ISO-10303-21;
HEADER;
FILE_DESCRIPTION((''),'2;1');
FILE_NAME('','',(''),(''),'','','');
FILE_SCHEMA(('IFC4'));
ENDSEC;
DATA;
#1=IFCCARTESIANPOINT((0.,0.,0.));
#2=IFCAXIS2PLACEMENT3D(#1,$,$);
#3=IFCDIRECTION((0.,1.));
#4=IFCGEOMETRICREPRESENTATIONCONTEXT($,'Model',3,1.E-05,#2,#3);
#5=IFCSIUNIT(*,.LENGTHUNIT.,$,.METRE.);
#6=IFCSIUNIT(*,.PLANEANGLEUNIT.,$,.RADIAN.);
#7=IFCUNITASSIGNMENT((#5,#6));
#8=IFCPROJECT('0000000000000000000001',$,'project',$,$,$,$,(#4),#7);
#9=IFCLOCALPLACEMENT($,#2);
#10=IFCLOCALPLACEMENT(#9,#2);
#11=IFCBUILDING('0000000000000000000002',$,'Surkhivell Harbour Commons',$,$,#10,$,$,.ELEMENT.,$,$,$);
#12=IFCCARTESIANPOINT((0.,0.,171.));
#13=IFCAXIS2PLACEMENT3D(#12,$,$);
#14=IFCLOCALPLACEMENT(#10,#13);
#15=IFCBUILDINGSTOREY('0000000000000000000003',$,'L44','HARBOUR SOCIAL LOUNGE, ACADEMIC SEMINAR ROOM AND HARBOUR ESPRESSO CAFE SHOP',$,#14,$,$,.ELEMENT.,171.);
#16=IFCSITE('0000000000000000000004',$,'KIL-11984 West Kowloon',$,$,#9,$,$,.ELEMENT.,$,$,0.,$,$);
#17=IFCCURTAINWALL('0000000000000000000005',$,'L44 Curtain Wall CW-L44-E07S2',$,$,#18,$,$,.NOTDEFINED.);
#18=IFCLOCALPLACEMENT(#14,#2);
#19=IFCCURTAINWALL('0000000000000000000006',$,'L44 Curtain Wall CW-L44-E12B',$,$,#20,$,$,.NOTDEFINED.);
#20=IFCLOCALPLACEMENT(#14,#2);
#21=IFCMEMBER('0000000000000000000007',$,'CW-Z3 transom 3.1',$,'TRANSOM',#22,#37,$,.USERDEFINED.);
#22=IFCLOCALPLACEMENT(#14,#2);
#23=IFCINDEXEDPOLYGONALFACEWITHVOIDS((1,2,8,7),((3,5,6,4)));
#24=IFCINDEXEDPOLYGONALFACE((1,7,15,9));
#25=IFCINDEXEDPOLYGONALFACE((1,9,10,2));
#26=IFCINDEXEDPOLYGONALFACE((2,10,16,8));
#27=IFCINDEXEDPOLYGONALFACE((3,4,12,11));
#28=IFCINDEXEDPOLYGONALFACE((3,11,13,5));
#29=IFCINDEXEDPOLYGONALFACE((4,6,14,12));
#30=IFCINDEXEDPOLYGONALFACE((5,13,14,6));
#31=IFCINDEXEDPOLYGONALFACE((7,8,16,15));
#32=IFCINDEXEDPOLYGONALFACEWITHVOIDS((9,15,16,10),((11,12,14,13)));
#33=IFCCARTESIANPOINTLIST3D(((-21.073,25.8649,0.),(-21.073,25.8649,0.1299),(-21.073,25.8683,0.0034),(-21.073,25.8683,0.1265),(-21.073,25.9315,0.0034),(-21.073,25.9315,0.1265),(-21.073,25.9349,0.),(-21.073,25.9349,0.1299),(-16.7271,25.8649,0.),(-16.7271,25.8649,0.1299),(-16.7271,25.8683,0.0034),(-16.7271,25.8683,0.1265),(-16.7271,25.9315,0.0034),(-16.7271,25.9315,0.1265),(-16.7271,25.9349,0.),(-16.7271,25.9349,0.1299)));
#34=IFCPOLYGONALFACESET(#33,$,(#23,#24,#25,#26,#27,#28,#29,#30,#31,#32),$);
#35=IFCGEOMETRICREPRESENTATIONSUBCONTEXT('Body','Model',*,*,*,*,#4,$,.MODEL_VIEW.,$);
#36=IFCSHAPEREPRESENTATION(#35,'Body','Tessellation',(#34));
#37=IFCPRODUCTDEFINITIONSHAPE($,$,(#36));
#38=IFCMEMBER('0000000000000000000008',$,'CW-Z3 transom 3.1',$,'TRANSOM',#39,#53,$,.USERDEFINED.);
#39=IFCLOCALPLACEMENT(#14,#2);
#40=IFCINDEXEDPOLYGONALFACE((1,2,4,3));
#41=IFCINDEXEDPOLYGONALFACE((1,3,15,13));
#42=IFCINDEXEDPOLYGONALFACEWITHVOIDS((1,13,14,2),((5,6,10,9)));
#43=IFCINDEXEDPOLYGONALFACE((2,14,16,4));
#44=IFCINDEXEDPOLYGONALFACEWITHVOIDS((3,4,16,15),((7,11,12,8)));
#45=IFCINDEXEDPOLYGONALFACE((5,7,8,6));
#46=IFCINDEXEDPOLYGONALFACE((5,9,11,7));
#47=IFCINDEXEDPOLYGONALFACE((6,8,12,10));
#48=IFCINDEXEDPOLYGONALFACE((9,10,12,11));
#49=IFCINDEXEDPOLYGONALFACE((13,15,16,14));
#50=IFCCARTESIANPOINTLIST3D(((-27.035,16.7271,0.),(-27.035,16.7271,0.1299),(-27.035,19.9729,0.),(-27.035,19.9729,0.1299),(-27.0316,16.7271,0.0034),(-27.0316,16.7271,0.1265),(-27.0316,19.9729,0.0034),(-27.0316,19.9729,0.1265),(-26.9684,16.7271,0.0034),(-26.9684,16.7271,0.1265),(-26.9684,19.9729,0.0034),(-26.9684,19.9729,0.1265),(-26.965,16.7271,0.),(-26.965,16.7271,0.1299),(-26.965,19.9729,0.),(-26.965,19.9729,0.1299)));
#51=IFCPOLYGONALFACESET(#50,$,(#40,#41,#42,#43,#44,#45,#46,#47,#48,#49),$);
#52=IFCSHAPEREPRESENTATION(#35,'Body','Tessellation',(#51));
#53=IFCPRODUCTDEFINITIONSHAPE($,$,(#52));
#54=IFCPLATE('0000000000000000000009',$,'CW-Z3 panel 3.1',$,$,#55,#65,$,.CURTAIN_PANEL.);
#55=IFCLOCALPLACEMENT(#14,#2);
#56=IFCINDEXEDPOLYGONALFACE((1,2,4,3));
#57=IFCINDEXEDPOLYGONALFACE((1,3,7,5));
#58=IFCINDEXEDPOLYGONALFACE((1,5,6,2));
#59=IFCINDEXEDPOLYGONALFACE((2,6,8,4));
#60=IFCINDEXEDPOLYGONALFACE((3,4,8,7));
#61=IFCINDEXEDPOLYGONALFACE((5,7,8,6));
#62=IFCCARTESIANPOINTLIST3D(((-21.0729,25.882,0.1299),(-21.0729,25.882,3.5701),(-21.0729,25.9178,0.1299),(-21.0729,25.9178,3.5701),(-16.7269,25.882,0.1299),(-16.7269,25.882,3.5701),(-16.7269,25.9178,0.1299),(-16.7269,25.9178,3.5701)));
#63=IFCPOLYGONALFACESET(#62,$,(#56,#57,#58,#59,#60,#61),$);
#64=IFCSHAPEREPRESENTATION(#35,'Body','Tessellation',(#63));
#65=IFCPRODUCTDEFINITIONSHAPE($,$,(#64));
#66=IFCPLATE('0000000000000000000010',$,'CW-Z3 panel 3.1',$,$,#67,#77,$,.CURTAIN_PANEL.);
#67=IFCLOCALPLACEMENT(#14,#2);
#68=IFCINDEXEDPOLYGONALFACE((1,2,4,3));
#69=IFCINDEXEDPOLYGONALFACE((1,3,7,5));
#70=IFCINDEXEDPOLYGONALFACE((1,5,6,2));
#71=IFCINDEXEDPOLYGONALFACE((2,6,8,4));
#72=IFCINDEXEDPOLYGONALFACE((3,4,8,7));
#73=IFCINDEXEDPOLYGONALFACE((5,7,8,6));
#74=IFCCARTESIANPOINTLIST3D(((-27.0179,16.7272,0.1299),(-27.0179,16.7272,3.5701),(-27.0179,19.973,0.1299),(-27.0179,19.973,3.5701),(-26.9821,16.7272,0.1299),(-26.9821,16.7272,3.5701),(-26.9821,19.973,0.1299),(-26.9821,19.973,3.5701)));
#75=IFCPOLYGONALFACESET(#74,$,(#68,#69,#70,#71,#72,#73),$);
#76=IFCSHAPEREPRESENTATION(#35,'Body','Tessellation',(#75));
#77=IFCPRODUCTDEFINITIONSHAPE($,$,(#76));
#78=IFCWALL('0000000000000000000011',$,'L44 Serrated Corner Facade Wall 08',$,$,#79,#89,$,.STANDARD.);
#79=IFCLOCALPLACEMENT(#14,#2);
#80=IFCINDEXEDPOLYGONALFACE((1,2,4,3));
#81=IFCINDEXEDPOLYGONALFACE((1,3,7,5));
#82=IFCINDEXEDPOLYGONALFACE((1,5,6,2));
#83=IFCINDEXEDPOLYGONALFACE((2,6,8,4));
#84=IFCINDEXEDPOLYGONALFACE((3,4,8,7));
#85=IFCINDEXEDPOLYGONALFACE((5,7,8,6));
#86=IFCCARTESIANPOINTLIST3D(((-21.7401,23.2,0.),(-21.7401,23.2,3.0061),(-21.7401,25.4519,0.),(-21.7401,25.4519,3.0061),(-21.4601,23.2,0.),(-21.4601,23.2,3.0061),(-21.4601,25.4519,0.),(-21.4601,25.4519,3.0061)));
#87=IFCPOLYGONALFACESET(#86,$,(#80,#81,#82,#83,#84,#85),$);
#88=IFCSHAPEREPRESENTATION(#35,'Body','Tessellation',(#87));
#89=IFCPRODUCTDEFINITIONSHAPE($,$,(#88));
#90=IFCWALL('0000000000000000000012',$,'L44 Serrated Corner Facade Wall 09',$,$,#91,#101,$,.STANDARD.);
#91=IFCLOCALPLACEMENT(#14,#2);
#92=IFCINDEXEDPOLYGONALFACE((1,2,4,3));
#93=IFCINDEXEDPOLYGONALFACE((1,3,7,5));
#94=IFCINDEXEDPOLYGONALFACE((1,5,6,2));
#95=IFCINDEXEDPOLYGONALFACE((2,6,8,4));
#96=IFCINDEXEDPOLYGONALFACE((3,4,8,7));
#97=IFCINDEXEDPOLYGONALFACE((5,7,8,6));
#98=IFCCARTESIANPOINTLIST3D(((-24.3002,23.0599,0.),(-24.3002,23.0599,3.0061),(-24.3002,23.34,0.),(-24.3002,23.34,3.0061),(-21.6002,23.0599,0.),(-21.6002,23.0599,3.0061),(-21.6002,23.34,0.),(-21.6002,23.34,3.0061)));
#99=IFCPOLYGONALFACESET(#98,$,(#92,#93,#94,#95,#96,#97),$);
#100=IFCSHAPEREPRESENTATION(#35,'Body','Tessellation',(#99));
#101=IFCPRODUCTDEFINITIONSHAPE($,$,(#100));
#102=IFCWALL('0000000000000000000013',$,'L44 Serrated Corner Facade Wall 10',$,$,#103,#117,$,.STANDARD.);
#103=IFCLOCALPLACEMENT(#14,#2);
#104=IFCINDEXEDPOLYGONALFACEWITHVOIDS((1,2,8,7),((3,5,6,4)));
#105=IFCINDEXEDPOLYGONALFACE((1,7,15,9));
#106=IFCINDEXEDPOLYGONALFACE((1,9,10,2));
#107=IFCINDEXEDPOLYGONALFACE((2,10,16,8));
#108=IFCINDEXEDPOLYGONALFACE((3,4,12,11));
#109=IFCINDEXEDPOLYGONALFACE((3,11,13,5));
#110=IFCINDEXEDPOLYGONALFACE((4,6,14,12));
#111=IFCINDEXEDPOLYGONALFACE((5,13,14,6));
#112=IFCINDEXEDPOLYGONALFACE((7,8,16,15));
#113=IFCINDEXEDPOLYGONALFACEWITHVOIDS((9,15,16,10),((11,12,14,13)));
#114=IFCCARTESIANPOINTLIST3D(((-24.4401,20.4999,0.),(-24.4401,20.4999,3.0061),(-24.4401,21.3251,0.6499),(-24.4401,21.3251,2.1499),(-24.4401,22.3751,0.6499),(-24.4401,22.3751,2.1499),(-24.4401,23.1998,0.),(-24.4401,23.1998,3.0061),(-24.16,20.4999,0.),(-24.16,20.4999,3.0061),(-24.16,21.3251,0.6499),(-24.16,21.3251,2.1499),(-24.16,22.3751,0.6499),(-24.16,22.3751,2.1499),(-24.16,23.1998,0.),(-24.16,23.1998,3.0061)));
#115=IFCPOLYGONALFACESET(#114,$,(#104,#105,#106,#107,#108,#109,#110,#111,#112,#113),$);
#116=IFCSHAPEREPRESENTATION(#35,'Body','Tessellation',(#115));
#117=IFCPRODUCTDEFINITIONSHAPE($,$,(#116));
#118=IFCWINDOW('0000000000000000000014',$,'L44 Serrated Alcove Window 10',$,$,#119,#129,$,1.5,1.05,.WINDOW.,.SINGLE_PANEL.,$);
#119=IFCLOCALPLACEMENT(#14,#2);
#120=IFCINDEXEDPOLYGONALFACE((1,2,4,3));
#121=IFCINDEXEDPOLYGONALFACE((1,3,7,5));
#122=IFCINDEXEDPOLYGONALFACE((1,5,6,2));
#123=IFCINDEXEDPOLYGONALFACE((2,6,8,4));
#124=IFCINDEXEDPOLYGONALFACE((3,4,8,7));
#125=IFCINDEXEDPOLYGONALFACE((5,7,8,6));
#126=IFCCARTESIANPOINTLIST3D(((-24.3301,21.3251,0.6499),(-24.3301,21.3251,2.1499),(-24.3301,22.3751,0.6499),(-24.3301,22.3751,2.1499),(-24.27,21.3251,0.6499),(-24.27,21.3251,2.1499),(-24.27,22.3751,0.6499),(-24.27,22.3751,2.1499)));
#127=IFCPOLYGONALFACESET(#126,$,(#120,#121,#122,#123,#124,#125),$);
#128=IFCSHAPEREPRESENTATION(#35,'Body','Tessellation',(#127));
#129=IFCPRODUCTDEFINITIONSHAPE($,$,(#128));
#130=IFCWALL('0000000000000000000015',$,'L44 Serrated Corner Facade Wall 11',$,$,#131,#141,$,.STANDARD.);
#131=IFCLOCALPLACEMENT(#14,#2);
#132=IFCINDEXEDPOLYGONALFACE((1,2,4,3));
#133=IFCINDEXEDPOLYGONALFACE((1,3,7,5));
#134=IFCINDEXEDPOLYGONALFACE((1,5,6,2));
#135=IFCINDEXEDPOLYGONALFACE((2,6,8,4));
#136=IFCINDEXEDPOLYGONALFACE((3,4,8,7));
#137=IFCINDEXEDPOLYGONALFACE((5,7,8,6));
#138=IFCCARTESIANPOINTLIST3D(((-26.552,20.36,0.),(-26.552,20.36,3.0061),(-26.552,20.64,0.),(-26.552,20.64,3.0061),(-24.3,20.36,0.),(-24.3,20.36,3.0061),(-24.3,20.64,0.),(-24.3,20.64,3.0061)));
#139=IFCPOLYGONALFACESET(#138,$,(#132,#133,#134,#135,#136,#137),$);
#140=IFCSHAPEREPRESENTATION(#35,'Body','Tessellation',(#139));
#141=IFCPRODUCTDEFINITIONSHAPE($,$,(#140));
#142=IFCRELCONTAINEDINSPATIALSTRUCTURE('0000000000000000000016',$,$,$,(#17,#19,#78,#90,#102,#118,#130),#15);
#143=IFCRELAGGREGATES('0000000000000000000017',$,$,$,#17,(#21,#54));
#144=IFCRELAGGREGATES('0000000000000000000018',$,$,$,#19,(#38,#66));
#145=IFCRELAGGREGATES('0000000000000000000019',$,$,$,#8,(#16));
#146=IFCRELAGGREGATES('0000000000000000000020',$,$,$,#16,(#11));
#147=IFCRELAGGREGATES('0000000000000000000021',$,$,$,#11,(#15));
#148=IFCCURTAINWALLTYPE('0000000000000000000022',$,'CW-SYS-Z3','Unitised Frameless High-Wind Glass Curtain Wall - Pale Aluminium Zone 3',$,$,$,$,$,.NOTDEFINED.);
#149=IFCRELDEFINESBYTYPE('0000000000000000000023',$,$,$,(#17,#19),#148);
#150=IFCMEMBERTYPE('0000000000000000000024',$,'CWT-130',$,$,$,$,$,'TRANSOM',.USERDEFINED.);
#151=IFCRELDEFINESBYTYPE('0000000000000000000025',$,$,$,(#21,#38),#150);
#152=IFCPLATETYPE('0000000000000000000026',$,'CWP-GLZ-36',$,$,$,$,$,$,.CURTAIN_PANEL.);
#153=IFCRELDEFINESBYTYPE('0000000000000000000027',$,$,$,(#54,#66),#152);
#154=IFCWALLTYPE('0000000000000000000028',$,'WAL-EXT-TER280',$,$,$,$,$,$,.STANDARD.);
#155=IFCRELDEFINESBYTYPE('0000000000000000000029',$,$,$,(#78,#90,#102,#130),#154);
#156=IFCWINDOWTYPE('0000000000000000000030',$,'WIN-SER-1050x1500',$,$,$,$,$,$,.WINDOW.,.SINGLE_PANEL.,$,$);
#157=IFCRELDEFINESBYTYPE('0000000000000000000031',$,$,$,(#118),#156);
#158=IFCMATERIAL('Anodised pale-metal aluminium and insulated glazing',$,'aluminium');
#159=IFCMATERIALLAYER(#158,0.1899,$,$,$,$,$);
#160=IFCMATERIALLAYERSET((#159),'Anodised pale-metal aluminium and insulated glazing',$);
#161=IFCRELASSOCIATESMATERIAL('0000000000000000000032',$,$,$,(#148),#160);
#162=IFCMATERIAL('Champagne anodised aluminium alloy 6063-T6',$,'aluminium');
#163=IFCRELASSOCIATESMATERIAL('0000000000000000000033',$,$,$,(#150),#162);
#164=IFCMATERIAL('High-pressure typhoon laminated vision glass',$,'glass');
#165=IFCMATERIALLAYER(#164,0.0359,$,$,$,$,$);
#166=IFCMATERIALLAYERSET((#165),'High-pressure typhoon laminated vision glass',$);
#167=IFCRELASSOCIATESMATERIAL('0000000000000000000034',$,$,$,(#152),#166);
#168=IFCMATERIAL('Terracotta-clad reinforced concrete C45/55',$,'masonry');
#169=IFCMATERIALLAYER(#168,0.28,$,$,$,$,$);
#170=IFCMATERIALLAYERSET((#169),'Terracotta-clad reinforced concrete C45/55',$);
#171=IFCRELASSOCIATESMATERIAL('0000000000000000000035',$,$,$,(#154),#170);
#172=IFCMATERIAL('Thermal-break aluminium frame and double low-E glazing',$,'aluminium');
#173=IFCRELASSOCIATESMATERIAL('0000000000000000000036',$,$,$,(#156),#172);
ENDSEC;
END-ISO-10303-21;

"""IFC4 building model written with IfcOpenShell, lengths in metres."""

from ifc_helpers import new_model, si_unit, direction, frame, frame_2d, origin, origin_2d, place, context, subcontext, project, spatial, rectangle, hollow_rectangle, extrude, material, layer, layer_set, material_profile, profile_set, type_object, element, fill, aggregate, save


model = new_model("IFC4")

# Units and contexts
model_context = context("Model", 3, precision=1e-05, world=origin(), true_north=direction((0.0, 1.0)))
body_context = subcontext(model_context, "Body", "Model", "MODEL_VIEW")
ifc_project = project(units=[si_unit("LENGTHUNIT", "METRE"), si_unit("PLANEANGLEUNIT", "RADIAN")], contexts=[model_context])

# Site, building, storey
site_placement = place(None, origin())
site = spatial("IfcSite", under=ifc_project, at=site_placement, Name="KIL-11984 West Kowloon", CompositionType="ELEMENT", RefElevation=0.0)
building_placement = place(site_placement, origin())
building = spatial("IfcBuilding", under=site, at=building_placement, Name="Surkhivell Harbour Commons", CompositionType="ELEMENT")
storey_placement = place(building_placement, frame((0.0, 0.0, 171.0)))
storey = spatial("IfcBuildingStorey", under=building, at=storey_placement, Name="L44", Description="HARBOUR SOCIAL LOUNGE, ACADEMIC SEMINAR ROOM AND HARBOUR ESPRESSO CAFE SHOP", CompositionType="ELEMENT", Elevation=171.0)

# Curtain wall
ifc_material_1 = material(Name="Anodised pale-metal aluminium and insulated glazing", Category="aluminium")
ifc_layer_1 = layer(ifc_material_1, 0.1899)
ifc_layer_set_1 = layer_set([ifc_layer_1], Name="Anodised pale-metal aluminium and insulated glazing")
curtain_wall_type = type_object("IfcCurtainWallType", Name="CW-SYS-Z3", Description="Unitised Frameless High-Wind Glass Curtain Wall - Pale Aluminium Zone 3", PredefinedType="NOTDEFINED", material=ifc_layer_set_1)
curtain_wall_1_placement = place(storey_placement, origin())
curtain_wall_1 = element("IfcCurtainWall", 1, at=curtain_wall_1_placement, inside=storey, type_object=curtain_wall_type, Name="L44 Curtain Wall CW-L44-E07S2", PredefinedType="NOTDEFINED")

# Curtain wall
curtain_wall_2_placement = place(storey_placement, origin())
curtain_wall_2 = element("IfcCurtainWall", 2, at=curtain_wall_2_placement, inside=storey, type_object=curtain_wall_type, Name="L44 Curtain Wall CW-L44-E12B", PredefinedType="NOTDEFINED")

# Members
ifc_material_2 = material(Name="Champagne anodised aluminium alloy 6063-T6", Category="aluminium")
ifc_material_profile_1 = material_profile(ifc_material_2, hollow_rectangle(XDim=0.0701, YDim=0.1299, WallThickness=0.0034, at=origin_2d()), Name="ALU-TRAN-70x130")
ifc_profile_set_1 = profile_set([ifc_material_profile_1], Name="Champagne anodised aluminium alloy 6063-T6")
member_type_1 = type_object("IfcMemberType", Name="CWT-130", ElementType="TRANSOM", PredefinedType="USERDEFINED", material=ifc_profile_set_1)
member_1_placement = place(storey_placement, frame((-16.7271, 25.8999, 0.0649), z_axis=(-1.0, 0.0, 0.0), x_axis=(0.0, -1.0, 0.0)))
member_1 = element("IfcMember", 3, at=member_1_placement, type_object=member_type_1, Name="CW-Z3 transom 3.1", ObjectType="TRANSOM", PredefinedType="USERDEFINED", context=body_context, shape_type="SweptSolid", body=[
    extrude(hollow_rectangle(XDim=0.0701, YDim=0.1299, WallThickness=0.0034, at=origin_2d()), origin(), (0.0, 0.0, 1.0), 4.3459),
])
member_2_placement = place(storey_placement, frame((-27.0, 16.7271, 0.0649), z_axis=(0.0, 1.0, 0.0), x_axis=(-1.0, 0.0, 0.0)))
member_2 = element("IfcMember", 4, at=member_2_placement, type_object=member_type_1, Name="CW-Z3 transom 3.1", ObjectType="TRANSOM", PredefinedType="USERDEFINED", context=body_context, shape_type="SweptSolid", body=[
    extrude(hollow_rectangle(XDim=0.0701, YDim=0.1299, WallThickness=0.0034, at=origin_2d()), origin(), (0.0, 0.0, 1.0), 3.2458),
])

# Plates
ifc_material_3 = material(Name="High-pressure typhoon laminated vision glass", Category="glass")
ifc_layer_2 = layer(ifc_material_3, 0.0359)
ifc_layer_set_2 = layer_set([ifc_layer_2], Name="High-pressure typhoon laminated vision glass")
plate_type = type_object("IfcPlateType", Name="CWP-GLZ-36", PredefinedType="CURTAIN_PANEL", material=ifc_layer_set_2)
plate_1_placement = place(storey_placement, frame((-16.7271, 25.8999, 0.1299), z_axis=(0.0, 0.0, 1.0), x_axis=(-1.0, 0.0, 0.0)))
plate_1 = element("IfcPlate", 5, at=plate_1_placement, type_object=plate_type, Name="CW-Z3 panel 3.1", PredefinedType="CURTAIN_PANEL", context=body_context, shape_type="SweptSolid", body=[
    extrude(rectangle(XDim=4.3459, YDim=0.0359, at=frame_2d((2.1729, 0.0))), origin(), (0.0, 0.0, 1.0), 3.4402),
])
aggregate(curtain_wall_1, [member_1, plate_1])
plate_2_placement = place(storey_placement, frame((-27.0, 16.7271, 0.1299), z_axis=(0.0, 0.0, 1.0), x_axis=(0.0, 1.0, 0.0)))
plate_2 = element("IfcPlate", 6, at=plate_2_placement, type_object=plate_type, Name="CW-Z3 panel 3.1", PredefinedType="CURTAIN_PANEL", context=body_context, shape_type="SweptSolid", body=[
    extrude(rectangle(XDim=3.2458, YDim=0.0359, at=frame_2d((1.623, 0.0))), origin(), (0.0, 0.0, 1.0), 3.4402),
])
aggregate(curtain_wall_2, [member_2, plate_2])

# Walls
ifc_material_4 = material(Name="Terracotta-clad reinforced concrete C45/55", Category="masonry")
ifc_layer_3 = layer(ifc_material_4, 0.28)
ifc_layer_set_3 = layer_set([ifc_layer_3], Name="Terracotta-clad reinforced concrete C45/55")
wall_type = type_object("IfcWallType", Name="WAL-EXT-TER280", PredefinedType="STANDARD", material=ifc_layer_set_3)
wall_1_placement = place(storey_placement, frame((-21.6001, 25.4519, 0.0), z_axis=(0.0, 0.0, 1.0), x_axis=(0.0, -1.0, 0.0)))
element("IfcWall", 7, at=wall_1_placement, inside=storey, type_object=wall_type, Name="L44 Serrated Corner Facade Wall 08", PredefinedType="STANDARD", context=body_context, shape_type="SweptSolid", body=[
    extrude(rectangle(XDim=2.252, YDim=0.28, at=frame_2d((1.126, 0.0))), origin(), (0.0, 0.0, 1.0), 3.0061),
])
wall_2_placement = place(storey_placement, frame((-21.6001, 23.2, 0.0), z_axis=(0.0, 0.0, 1.0), x_axis=(-1.0, 0.0, 0.0)))
element("IfcWall", 8, at=wall_2_placement, inside=storey, type_object=wall_type, Name="L44 Serrated Corner Facade Wall 09", PredefinedType="STANDARD", context=body_context, shape_type="SweptSolid", body=[
    extrude(rectangle(XDim=2.7, YDim=0.28, at=frame_2d((1.3501, 0.0))), origin(), (0.0, 0.0, 1.0), 3.0061),
])

# Wall, opening, window
wall_3_placement = place(storey_placement, frame((-24.3, 23.2, 0.0), z_axis=(0.0, 0.0, 1.0), x_axis=(0.0, -1.0, 0.0)))
wall_3 = element("IfcWall", 9, at=wall_3_placement, inside=storey, type_object=wall_type, Name="L44 Serrated Corner Facade Wall 10", PredefinedType="STANDARD", context=body_context, shape_type="SweptSolid", body=[
    extrude(rectangle(XDim=2.7, YDim=0.28, at=frame_2d((1.3501, 0.0))), origin(), (0.0, 0.0, 1.0), 3.0061),
])
opening_placement = place(wall_3_placement, frame((0.825, 0.0, 0.6499)))
opening = element("IfcOpeningElement", 10, at=opening_placement, cuts=wall_3, PredefinedType="OPENING", context=body_context, shape_type="SweptSolid", body=[
    extrude(rectangle(XDim=1.05, YDim=1.5, at=frame_2d((0.5249, 0.75))), frame((0.0, 0.1499, 0.0), z_axis=(0.0, -1.0, 0.0), x_axis=(1.0, 0.0, 0.0)), (0.0, 0.0, 1.0), 0.3),
])
ifc_material_5 = material(Name="Thermal-break aluminium frame and double low-E glazing", Category="aluminium")
window_type = type_object("IfcWindowType", Name="WIN-SER-1050x1500", PartitioningType="SINGLE_PANEL", PredefinedType="WINDOW", material=ifc_material_5)
window_placement = place(opening_placement, origin())
window = element("IfcWindow", 11, at=window_placement, inside=storey, type_object=window_type, Name="L44 Serrated Alcove Window 10", OverallHeight=1.5, OverallWidth=1.05, PartitioningType="SINGLE_PANEL", PredefinedType="WINDOW", context=body_context, shape_type="SweptSolid", body=[
    extrude(rectangle(XDim=1.05, YDim=1.5, at=frame_2d((0.5249, 0.75))), frame((0.0, 0.03, 0.0), z_axis=(0.0, -1.0, 0.0), x_axis=(1.0, 0.0, 0.0)), (0.0, 0.0, 1.0), 0.0601),
])
fill(opening, window)

# Wall
wall_4_placement = place(storey_placement, frame((-24.3, 20.5, 0.0), z_axis=(0.0, 0.0, 1.0), x_axis=(-1.0, 0.0, 0.0)))
element("IfcWall", 12, at=wall_4_placement, inside=storey, type_object=wall_type, Name="L44 Serrated Corner Facade Wall 11", PredefinedType="STANDARD", context=body_context, shape_type="SweptSolid", body=[
    extrude(rectangle(XDim=2.252, YDim=0.28, at=frame_2d((1.126, 0.0))), origin(), (0.0, 0.0, 1.0), 3.0061),
])

save(model, "model.ifc")
